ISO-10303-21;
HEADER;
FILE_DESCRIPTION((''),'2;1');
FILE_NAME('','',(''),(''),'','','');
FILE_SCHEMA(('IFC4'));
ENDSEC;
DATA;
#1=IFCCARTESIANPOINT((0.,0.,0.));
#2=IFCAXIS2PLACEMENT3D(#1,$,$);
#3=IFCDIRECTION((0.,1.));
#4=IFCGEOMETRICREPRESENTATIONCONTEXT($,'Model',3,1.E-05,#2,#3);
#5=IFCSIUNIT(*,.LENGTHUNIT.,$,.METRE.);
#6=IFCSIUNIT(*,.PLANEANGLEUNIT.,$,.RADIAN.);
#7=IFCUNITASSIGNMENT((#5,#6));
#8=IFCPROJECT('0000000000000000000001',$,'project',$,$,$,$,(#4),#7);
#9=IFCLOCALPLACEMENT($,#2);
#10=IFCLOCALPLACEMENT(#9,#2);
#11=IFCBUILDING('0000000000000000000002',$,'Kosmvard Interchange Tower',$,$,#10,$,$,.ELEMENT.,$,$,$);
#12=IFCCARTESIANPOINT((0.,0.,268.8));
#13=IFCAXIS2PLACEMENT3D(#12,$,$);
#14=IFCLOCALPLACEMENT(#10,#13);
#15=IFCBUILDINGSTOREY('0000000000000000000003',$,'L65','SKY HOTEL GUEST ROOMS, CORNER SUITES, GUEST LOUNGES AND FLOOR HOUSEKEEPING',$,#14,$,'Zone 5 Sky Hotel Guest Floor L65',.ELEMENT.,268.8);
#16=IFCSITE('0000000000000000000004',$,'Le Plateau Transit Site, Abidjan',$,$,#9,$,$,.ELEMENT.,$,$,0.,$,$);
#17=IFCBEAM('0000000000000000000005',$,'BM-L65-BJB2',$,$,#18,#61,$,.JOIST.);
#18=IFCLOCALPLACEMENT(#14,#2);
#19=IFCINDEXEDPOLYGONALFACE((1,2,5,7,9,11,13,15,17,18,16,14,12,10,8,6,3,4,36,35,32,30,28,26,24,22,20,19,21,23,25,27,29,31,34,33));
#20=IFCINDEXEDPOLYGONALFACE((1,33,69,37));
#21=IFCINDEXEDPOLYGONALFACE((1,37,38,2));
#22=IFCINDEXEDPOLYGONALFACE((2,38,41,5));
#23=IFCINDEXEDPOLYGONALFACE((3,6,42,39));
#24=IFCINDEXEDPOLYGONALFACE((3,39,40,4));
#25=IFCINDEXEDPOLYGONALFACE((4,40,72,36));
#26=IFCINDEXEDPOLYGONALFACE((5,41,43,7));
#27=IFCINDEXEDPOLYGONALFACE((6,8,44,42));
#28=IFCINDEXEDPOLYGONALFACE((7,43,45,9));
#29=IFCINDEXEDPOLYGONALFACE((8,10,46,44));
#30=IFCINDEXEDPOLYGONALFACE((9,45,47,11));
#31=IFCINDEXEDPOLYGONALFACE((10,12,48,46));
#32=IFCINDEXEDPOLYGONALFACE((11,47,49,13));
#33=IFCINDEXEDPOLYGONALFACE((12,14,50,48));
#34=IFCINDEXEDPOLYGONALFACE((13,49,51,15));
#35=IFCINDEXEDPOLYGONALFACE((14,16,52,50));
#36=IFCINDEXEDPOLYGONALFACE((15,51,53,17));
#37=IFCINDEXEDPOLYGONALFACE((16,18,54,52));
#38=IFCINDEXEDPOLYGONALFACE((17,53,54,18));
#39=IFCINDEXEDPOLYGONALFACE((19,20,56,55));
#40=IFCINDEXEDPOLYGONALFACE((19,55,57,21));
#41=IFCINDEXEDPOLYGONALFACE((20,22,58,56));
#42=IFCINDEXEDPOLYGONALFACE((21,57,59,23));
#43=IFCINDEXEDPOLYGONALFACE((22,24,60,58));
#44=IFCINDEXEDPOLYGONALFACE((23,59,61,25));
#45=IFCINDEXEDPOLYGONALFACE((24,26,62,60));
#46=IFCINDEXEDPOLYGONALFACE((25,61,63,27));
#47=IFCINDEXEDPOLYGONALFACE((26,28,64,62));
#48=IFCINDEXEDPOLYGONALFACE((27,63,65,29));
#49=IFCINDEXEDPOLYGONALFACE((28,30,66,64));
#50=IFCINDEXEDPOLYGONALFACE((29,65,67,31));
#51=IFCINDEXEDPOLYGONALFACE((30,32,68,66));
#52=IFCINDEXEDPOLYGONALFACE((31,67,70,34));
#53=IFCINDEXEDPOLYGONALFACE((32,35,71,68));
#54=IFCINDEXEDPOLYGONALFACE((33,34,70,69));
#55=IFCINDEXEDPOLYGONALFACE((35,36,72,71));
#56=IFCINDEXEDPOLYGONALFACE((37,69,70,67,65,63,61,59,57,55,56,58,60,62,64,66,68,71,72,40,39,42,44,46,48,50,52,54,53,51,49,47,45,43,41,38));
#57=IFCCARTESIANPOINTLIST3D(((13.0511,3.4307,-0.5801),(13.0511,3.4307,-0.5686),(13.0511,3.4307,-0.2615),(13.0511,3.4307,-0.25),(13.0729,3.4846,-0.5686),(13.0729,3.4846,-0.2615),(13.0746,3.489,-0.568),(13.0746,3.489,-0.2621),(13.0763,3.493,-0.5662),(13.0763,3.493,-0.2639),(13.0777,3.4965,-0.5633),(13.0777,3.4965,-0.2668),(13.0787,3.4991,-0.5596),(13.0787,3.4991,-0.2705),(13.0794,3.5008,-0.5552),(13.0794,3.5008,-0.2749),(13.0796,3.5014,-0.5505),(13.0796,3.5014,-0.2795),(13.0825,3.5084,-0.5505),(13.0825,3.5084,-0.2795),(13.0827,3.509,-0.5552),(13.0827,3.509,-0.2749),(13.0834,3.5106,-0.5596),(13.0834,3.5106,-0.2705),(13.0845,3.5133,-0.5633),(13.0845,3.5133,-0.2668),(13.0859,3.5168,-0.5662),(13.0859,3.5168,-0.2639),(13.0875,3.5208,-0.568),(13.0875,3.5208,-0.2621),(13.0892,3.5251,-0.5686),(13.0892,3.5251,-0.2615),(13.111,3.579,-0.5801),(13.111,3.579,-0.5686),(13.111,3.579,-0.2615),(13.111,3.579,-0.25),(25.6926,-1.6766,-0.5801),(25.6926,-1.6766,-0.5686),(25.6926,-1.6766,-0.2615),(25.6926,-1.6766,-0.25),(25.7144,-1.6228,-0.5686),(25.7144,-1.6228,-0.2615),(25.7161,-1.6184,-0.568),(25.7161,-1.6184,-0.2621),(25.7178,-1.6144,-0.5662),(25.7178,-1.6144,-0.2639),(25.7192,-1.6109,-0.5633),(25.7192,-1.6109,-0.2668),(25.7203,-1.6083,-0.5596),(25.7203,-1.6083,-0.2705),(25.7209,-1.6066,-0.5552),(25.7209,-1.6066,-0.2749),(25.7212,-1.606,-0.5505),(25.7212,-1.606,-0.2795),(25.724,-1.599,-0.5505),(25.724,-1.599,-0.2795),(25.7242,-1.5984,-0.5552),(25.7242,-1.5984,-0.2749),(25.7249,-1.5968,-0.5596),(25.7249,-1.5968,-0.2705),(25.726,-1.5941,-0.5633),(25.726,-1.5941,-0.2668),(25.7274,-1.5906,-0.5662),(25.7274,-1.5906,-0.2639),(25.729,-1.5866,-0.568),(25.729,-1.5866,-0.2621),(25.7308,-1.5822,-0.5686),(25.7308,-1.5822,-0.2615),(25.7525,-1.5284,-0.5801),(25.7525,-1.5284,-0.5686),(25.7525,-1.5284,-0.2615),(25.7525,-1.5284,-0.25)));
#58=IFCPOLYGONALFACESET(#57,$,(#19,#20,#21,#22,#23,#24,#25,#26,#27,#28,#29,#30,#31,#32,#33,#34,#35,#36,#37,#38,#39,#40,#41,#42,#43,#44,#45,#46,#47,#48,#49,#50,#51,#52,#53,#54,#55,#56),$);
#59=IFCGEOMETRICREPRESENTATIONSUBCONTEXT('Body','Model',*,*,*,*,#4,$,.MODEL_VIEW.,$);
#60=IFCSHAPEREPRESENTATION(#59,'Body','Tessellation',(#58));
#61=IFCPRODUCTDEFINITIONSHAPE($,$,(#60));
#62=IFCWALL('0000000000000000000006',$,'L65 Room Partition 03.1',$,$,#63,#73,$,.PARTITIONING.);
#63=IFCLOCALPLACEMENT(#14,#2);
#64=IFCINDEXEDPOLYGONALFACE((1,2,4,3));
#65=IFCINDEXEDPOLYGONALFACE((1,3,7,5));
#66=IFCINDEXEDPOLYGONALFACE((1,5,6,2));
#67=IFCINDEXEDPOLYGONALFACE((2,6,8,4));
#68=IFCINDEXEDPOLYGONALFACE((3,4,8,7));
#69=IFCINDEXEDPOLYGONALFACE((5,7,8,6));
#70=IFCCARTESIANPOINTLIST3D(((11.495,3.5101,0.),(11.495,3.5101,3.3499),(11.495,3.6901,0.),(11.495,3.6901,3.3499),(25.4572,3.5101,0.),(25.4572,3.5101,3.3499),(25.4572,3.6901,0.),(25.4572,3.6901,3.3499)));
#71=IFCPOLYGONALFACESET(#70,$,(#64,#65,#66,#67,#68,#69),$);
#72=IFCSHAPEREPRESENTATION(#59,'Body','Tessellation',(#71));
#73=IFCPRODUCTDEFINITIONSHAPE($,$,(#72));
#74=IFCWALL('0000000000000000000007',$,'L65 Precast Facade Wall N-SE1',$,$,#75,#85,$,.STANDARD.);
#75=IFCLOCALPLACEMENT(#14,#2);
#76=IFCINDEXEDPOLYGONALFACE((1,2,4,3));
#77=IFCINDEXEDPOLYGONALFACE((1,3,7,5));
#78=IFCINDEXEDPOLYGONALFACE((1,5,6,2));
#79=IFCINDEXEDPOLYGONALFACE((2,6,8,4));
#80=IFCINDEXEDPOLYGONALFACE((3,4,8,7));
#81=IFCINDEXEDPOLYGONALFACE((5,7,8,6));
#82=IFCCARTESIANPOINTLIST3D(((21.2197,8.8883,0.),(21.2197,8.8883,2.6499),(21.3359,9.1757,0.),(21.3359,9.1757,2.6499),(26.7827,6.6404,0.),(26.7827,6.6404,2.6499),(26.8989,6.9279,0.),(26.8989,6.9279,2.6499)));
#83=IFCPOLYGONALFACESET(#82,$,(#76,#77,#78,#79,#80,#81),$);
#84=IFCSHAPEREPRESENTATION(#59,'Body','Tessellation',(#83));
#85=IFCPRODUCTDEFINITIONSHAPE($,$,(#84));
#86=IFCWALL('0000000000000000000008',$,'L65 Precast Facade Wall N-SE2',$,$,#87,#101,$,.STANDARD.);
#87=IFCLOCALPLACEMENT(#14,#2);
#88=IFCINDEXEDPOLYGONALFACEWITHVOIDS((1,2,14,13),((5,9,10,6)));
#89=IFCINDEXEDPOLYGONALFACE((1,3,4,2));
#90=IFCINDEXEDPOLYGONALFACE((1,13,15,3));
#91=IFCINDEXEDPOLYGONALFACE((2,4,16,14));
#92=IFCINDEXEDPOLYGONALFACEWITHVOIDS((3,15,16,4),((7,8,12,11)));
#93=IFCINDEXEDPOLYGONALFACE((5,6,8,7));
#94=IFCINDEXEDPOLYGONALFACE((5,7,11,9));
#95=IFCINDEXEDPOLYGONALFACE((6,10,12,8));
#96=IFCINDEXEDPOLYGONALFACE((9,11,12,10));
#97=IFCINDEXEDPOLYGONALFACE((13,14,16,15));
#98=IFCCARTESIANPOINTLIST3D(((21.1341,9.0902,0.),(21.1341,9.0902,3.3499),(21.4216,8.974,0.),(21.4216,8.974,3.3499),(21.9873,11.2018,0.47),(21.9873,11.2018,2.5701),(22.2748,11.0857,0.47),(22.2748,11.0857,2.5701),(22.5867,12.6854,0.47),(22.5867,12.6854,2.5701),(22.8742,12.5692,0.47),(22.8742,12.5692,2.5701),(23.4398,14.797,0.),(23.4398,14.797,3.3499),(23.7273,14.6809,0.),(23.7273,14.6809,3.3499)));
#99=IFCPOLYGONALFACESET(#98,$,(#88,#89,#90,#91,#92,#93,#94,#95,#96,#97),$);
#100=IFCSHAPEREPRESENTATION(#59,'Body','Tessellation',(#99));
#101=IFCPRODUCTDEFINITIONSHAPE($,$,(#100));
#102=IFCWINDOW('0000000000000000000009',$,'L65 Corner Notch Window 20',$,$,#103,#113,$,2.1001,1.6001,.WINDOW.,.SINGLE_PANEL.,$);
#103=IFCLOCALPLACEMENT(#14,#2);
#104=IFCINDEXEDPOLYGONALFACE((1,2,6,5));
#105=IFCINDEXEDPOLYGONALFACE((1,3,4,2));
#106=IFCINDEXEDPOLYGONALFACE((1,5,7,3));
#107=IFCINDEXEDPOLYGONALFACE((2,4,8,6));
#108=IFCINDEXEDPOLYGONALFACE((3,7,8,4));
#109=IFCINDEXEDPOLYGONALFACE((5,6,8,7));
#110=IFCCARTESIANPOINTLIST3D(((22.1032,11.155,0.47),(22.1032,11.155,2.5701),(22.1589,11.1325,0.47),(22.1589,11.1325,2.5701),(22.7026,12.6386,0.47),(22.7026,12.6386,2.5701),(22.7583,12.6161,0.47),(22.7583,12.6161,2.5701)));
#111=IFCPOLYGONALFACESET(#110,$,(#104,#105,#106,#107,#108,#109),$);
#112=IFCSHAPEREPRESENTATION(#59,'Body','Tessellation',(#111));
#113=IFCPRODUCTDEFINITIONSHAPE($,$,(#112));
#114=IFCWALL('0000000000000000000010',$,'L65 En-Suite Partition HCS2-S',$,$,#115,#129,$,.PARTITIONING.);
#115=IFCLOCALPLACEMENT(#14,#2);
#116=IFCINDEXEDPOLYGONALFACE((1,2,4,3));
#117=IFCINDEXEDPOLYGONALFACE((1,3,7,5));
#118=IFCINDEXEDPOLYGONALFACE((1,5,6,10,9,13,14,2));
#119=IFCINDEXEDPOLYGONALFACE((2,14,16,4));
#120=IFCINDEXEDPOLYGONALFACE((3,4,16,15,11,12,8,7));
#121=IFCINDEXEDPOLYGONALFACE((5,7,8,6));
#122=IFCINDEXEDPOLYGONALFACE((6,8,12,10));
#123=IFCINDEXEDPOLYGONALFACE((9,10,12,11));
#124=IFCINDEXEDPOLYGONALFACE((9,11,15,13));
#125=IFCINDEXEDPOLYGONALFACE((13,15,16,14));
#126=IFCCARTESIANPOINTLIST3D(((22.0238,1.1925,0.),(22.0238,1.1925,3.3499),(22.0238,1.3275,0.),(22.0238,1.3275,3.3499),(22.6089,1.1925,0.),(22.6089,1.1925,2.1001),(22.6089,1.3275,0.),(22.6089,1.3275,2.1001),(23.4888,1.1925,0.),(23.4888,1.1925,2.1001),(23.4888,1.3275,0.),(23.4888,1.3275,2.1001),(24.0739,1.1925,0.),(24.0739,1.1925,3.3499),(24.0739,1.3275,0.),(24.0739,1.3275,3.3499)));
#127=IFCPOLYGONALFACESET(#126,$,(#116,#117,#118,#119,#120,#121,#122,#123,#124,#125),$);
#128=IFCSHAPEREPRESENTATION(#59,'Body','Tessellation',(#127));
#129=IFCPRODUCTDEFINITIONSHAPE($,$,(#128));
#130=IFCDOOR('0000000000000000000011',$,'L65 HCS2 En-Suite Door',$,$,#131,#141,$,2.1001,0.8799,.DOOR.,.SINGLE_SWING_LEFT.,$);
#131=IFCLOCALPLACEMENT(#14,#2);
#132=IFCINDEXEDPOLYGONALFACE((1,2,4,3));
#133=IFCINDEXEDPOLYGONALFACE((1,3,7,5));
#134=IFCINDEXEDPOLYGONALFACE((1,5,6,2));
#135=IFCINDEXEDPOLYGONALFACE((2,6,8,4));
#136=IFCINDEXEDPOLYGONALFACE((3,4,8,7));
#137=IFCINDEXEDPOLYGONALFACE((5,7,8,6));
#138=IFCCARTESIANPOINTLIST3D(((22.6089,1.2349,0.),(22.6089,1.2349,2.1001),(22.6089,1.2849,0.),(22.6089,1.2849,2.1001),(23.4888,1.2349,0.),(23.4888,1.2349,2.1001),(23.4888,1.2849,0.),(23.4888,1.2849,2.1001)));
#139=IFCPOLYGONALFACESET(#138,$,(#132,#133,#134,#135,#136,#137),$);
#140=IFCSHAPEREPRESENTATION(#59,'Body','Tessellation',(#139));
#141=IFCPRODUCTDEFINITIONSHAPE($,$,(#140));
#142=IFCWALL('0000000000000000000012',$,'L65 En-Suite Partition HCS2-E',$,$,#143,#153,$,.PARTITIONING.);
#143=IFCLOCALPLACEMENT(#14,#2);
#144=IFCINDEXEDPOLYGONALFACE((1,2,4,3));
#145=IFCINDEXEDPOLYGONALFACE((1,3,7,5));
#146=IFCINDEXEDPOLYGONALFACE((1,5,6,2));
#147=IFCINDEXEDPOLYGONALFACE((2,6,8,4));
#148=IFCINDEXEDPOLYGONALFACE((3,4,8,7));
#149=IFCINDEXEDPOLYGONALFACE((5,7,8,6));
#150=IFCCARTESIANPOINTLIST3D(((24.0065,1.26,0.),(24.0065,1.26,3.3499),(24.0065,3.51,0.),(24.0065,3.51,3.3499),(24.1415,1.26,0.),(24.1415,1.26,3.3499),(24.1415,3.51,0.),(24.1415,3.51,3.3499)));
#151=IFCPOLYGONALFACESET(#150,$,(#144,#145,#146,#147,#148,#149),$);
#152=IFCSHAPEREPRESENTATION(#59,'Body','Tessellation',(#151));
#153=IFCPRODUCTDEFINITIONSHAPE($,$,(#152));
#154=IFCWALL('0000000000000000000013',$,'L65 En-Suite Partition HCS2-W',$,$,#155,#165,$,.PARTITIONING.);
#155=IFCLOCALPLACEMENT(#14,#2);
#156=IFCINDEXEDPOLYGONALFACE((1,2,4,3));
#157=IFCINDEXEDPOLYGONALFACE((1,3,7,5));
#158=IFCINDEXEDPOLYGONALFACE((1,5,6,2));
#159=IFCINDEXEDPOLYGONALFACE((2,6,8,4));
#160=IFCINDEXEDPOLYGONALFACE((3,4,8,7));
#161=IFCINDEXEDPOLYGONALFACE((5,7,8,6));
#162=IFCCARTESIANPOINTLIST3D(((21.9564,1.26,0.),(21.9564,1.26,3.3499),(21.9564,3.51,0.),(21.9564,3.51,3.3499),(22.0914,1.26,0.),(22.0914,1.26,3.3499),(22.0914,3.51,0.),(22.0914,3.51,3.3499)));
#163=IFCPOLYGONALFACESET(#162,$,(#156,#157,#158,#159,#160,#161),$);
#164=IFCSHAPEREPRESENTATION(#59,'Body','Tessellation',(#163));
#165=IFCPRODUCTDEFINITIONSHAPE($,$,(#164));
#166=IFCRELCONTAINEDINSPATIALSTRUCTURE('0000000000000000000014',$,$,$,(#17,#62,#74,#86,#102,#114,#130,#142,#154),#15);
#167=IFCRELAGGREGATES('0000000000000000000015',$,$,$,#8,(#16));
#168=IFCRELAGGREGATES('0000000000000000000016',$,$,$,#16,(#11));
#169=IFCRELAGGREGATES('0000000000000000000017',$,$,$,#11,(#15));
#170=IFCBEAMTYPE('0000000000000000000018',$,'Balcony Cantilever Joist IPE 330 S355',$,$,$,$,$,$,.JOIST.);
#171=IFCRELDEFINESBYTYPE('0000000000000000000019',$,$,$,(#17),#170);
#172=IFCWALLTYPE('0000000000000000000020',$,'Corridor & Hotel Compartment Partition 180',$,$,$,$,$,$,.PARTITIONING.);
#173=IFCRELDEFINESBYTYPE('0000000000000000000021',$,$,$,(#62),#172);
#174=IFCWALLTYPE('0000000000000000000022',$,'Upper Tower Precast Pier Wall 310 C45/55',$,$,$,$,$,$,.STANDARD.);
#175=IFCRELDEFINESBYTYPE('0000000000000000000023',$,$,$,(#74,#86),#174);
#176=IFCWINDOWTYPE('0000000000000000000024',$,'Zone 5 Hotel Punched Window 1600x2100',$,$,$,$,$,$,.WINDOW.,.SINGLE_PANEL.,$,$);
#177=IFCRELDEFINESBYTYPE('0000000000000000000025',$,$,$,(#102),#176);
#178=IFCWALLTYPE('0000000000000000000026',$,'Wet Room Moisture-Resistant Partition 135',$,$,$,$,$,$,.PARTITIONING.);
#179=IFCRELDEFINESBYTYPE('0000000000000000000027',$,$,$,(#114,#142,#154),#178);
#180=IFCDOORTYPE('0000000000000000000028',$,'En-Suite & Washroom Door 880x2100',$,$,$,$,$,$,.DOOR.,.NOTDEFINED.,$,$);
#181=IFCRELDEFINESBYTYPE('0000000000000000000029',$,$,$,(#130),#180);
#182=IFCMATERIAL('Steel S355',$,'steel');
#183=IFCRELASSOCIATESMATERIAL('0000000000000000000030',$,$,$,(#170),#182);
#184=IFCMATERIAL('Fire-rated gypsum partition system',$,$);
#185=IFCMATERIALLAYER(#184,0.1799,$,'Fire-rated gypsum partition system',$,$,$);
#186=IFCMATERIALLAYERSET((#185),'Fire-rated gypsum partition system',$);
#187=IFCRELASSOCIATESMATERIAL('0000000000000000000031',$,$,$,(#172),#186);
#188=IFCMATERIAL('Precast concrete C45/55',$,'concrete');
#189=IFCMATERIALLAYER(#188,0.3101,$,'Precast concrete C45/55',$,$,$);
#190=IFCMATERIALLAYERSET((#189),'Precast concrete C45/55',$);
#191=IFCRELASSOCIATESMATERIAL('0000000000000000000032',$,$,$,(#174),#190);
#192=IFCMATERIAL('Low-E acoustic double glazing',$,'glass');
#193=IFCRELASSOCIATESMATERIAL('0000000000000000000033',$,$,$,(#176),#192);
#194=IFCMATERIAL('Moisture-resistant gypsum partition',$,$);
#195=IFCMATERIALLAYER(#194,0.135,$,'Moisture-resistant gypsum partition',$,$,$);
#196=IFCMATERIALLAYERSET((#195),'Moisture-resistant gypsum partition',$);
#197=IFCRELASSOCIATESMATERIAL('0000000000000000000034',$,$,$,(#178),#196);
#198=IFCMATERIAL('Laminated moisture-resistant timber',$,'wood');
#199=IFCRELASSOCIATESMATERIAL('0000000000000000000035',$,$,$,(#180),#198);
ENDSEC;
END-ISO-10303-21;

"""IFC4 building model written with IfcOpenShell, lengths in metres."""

from ifc_helpers import new_model, si_unit, direction, frame, frame_2d, origin, origin_2d, place, context, subcontext, project, spatial, rectangle, i_section, extrude, source, transform, mapped, material, layer, layer_set, material_profile, profile_set, type_object, element, fill, save


model = new_model("IFC4")

# Units and contexts
model_context = context("Model", 3, precision=1e-05, world=origin(), true_north=direction((0.0, 1.0)))
body_context = subcontext(model_context, "Body", "Model", "MODEL_VIEW")
ifc_project = project(units=[si_unit("LENGTHUNIT", "METRE"), si_unit("PLANEANGLEUNIT", "RADIAN")], contexts=[model_context])

# Site, building, storey
site_placement = place(None, origin())
site = spatial("IfcSite", under=ifc_project, at=site_placement, Name="Le Plateau Transit Site, Abidjan", CompositionType="ELEMENT", RefElevation=0.0)
building_placement = place(site_placement, origin())
building = spatial("IfcBuilding", under=site, at=building_placement, Name="Kosmvard Interchange Tower", CompositionType="ELEMENT")
storey_placement = place(building_placement, frame((0.0, 0.0, 268.8)))
storey = spatial("IfcBuildingStorey", under=building, at=storey_placement, Name="L65", Description="SKY HOTEL GUEST ROOMS, CORNER SUITES, GUEST LOUNGES AND FLOOR HOUSEKEEPING", LongName="Zone 5 Sky Hotel Guest Floor L65", CompositionType="ELEMENT", Elevation=268.8)

# Beam
ifc_material_1 = material(Name="Steel S355", Category="steel")
ifc_material_2 = material(Name="Precast concrete C45/55", Category="concrete")
ifc_material_profile_1 = material_profile(ifc_material_1, i_section(OverallWidth=0.1599, OverallDepth=0.3301, WebThickness=0.0076, FlangeThickness=0.0115, FilletRadius=0.0181, at=origin_2d()), Name="IPE 330")
ifc_profile_set_1 = profile_set([ifc_material_profile_1], Name="Steel S355")
beam_type_1 = type_object("IfcBeamType", Name="Balcony Cantilever Joist IPE 330 S355", PredefinedType="JOIST", material=ifc_profile_set_1)
shared_shape_1 = source(origin(), body_context, "Body", "SweptSolid", [
    extrude(i_section(OverallWidth=0.1599, OverallDepth=0.3301, WebThickness=0.0076, FlangeThickness=0.0115, FilletRadius=0.0181, at=origin_2d()), origin(), (0.0, 0.0, 1.0), 13.6343),
])
beam_1_placement = place(storey_placement, frame((13.0811, 3.5049, -0.415), z_axis=(0.927187, -0.374599, 0.0), x_axis=(0.374599, 0.927187, 0.0)))
element("IfcBeam", 1, at=beam_1_placement, inside=storey, type_object=beam_type_1, Name="BM-L65-BJB2", PredefinedType="JOIST", context=body_context, shape_type="MappedRepresentation", body=[
    mapped(shared_shape_1, transform((0.0, 0.0, 0.0), scale=1.0)),
])

# Walls
ifc_material_3 = material(Name="Fire-rated gypsum partition system")
ifc_layer_1 = layer(ifc_material_3, 0.1799, Name="Fire-rated gypsum partition system")
ifc_layer_set_1 = layer_set([ifc_layer_1], Name="Fire-rated gypsum partition system")
wall_type_1 = type_object("IfcWallType", Name="Corridor & Hotel Compartment Partition 180", PredefinedType="PARTITIONING", material=ifc_layer_set_1)
wall_1_placement = place(storey_placement, frame((11.4951, 3.6001, 0.0), z_axis=(0.0, 0.0, 1.0), x_axis=(1.0, 0.0, 0.0)))
element("IfcWall", 2, at=wall_1_placement, inside=storey, type_object=wall_type_1, Name="L65 Room Partition 03.1", PredefinedType="PARTITIONING", context=body_context, shape_type="SweptSolid", body=[
    extrude(rectangle(XDim=13.9622, YDim=0.1799, at=frame_2d((6.981, 0.0))), origin(), (0.0, 0.0, 1.0), 3.3499),
])
ifc_layer_2 = layer(ifc_material_2, 0.3101, Name="Precast concrete C45/55")
ifc_layer_set_2 = layer_set([ifc_layer_2], Name="Precast concrete C45/55")
wall_type_2 = type_object("IfcWallType", Name="Upper Tower Precast Pier Wall 310 C45/55", PredefinedType="STANDARD", material=ifc_layer_set_2)
wall_2_placement = place(storey_placement, frame((26.8408, 6.7842, 0.0), z_axis=(0.0, 0.0, 1.0), x_axis=(-0.927172, 0.374637, 0.0)))
element("IfcWall", 3, at=wall_2_placement, inside=storey, type_object=wall_type_2, Name="L65 Precast Facade Wall N-SE1", PredefinedType="STANDARD", context=body_context, shape_type="SweptSolid", body=[
    extrude(rectangle(XDim=6.0, YDim=0.3101, at=frame_2d((3.0, 0.0))), origin(), (0.0, 0.0, 1.0), 2.6499),
])

# Wall, opening, window
wall_3_placement = place(storey_placement, frame((21.2778, 9.032, 0.0), z_axis=(0.0, 0.0, 1.0), x_axis=(0.374603, 0.927185, 0.0)))
wall_3 = element("IfcWall", 4, at=wall_3_placement, inside=storey, type_object=wall_type_2, Name="L65 Precast Facade Wall N-SE2", PredefinedType="STANDARD", context=body_context, shape_type="SweptSolid", body=[
    extrude(rectangle(XDim=6.155, YDim=0.3101, at=frame_2d((3.0776, 0.0))), origin(), (0.0, 0.0, 1.0), 3.3499),
])
opening_1_placement = place(wall_3_placement, frame((2.2776, 0.0, 0.47)))
opening_1 = element("IfcOpeningElement", 5, at=opening_1_placement, cuts=wall_3, PredefinedType="OPENING", context=body_context, shape_type="SweptSolid", body=[
    extrude(rectangle(XDim=1.6001, YDim=2.1001, at=frame_2d((0.8, 1.05))), frame((0.0, 0.165, 0.0), z_axis=(0.0, -1.0, 0.0), x_axis=(1.0, 0.0, 0.0)), (0.0, 0.0, 1.0), 0.3301),
])
ifc_material_4 = material(Name="Low-E acoustic double glazing", Category="glass")
window_type = type_object("IfcWindowType", Name="Zone 5 Hotel Punched Window 1600x2100", PartitioningType="SINGLE_PANEL", PredefinedType="WINDOW", material=ifc_material_4)
shared_shape_2 = source(origin(), body_context, "Body", "SweptSolid", [
    extrude(rectangle(XDim=1.6001, YDim=2.1001, at=frame_2d((0.8, 1.05))), frame((0.0, 0.03, 0.0), z_axis=(0.0, -1.0, 0.0), x_axis=(1.0, 0.0, 0.0)), (0.0, 0.0, 1.0), 0.0601),
])
window_placement = place(opening_1_placement, origin())
window = element("IfcWindow", 6, at=window_placement, inside=storey, type_object=window_type, Name="L65 Corner Notch Window 20", OverallHeight=2.1001, OverallWidth=1.6001, PartitioningType="SINGLE_PANEL", PredefinedType="WINDOW", context=body_context, shape_type="MappedRepresentation", body=[
    mapped(shared_shape_2, transform((0.0, 0.0, 0.0), scale=1.0)),
])
fill(opening_1, window)

# Wall, opening, door
ifc_material_5 = material(Name="Moisture-resistant gypsum partition")
ifc_layer_3 = layer(ifc_material_5, 0.135, Name="Moisture-resistant gypsum partition")
ifc_layer_set_3 = layer_set([ifc_layer_3], Name="Moisture-resistant gypsum partition")
wall_type_3 = type_object("IfcWallType", Name="Wet Room Moisture-Resistant Partition 135", PredefinedType="PARTITIONING", material=ifc_layer_set_3)
wall_4_placement = place(storey_placement, frame((22.0239, 1.26, 0.0), z_axis=(0.0, 0.0, 1.0), x_axis=(1.0, 0.0, 0.0)))
wall_4 = element("IfcWall", 7, at=wall_4_placement, inside=storey, type_object=wall_type_3, Name="L65 En-Suite Partition HCS2-S", PredefinedType="PARTITIONING", context=body_context, shape_type="SweptSolid", body=[
    extrude(rectangle(XDim=2.05, YDim=0.135, at=frame_2d((1.0249, 0.0))), origin(), (0.0, 0.0, 1.0), 3.3499),
])
opening_2_placement = place(wall_4_placement, frame((0.585, 0.0, 0.0)))
opening_2 = element("IfcOpeningElement", 8, at=opening_2_placement, cuts=wall_4, PredefinedType="OPENING", context=body_context, shape_type="SweptSolid", body=[
    extrude(rectangle(XDim=0.8799, YDim=2.1001, at=frame_2d((0.4399, 1.05))), frame((0.0, 0.0776, 0.0), z_axis=(0.0, -1.0, 0.0), x_axis=(1.0, 0.0, 0.0)), (0.0, 0.0, 1.0), 0.155),
])
ifc_material_6 = material(Name="Laminated moisture-resistant timber", Category="wood")
door_type = type_object("IfcDoorType", Name="En-Suite & Washroom Door 880x2100", OperationType="NOTDEFINED", PredefinedType="DOOR", material=ifc_material_6)
shared_shape_3 = source(origin(), body_context, "Body", "SweptSolid", [
    extrude(rectangle(XDim=0.8799, YDim=2.1001, at=frame_2d((0.4399, 1.05))), frame((0.0, 0.0249, 0.0), z_axis=(0.0, -1.0, 0.0), x_axis=(1.0, 0.0, 0.0)), (0.0, 0.0, 1.0), 0.05),
])
door_placement = place(opening_2_placement, origin())
door = element("IfcDoor", 9, at=door_placement, inside=storey, type_object=door_type, Name="L65 HCS2 En-Suite Door", OperationType="SINGLE_SWING_LEFT", OverallHeight=2.1001, OverallWidth=0.8799, PredefinedType="DOOR", context=body_context, shape_type="MappedRepresentation", body=[
    mapped(shared_shape_3, transform((0.0, 0.0, 0.0), scale=1.0)),
])
fill(opening_2, door)

# Walls
for number, where, z_axis, x_axis, name in (
    (10, (24.074, 1.26, 0.0), (0.0, 0.0, 1.0), (0.0, 1.0, 0.0), "L65 En-Suite Partition HCS2-E"),
    (11, (22.0239, 1.26, 0.0), (0.0, 0.0, 1.0), (0.0, 1.0, 0.0), "L65 En-Suite Partition HCS2-W"),
):
    element("IfcWall", number, at=place(storey_placement, frame(where, z_axis=z_axis, x_axis=x_axis)), inside=storey, type_object=wall_type_3, Name=name, PredefinedType="PARTITIONING", context=body_context, shape_type="SweptSolid", body=[
        extrude(rectangle(XDim=2.25, YDim=0.135, at=frame_2d((1.125, 0.0))), origin(), (0.0, 0.0, 1.0), 3.3499),
    ])

save(model, "model.ifc")
